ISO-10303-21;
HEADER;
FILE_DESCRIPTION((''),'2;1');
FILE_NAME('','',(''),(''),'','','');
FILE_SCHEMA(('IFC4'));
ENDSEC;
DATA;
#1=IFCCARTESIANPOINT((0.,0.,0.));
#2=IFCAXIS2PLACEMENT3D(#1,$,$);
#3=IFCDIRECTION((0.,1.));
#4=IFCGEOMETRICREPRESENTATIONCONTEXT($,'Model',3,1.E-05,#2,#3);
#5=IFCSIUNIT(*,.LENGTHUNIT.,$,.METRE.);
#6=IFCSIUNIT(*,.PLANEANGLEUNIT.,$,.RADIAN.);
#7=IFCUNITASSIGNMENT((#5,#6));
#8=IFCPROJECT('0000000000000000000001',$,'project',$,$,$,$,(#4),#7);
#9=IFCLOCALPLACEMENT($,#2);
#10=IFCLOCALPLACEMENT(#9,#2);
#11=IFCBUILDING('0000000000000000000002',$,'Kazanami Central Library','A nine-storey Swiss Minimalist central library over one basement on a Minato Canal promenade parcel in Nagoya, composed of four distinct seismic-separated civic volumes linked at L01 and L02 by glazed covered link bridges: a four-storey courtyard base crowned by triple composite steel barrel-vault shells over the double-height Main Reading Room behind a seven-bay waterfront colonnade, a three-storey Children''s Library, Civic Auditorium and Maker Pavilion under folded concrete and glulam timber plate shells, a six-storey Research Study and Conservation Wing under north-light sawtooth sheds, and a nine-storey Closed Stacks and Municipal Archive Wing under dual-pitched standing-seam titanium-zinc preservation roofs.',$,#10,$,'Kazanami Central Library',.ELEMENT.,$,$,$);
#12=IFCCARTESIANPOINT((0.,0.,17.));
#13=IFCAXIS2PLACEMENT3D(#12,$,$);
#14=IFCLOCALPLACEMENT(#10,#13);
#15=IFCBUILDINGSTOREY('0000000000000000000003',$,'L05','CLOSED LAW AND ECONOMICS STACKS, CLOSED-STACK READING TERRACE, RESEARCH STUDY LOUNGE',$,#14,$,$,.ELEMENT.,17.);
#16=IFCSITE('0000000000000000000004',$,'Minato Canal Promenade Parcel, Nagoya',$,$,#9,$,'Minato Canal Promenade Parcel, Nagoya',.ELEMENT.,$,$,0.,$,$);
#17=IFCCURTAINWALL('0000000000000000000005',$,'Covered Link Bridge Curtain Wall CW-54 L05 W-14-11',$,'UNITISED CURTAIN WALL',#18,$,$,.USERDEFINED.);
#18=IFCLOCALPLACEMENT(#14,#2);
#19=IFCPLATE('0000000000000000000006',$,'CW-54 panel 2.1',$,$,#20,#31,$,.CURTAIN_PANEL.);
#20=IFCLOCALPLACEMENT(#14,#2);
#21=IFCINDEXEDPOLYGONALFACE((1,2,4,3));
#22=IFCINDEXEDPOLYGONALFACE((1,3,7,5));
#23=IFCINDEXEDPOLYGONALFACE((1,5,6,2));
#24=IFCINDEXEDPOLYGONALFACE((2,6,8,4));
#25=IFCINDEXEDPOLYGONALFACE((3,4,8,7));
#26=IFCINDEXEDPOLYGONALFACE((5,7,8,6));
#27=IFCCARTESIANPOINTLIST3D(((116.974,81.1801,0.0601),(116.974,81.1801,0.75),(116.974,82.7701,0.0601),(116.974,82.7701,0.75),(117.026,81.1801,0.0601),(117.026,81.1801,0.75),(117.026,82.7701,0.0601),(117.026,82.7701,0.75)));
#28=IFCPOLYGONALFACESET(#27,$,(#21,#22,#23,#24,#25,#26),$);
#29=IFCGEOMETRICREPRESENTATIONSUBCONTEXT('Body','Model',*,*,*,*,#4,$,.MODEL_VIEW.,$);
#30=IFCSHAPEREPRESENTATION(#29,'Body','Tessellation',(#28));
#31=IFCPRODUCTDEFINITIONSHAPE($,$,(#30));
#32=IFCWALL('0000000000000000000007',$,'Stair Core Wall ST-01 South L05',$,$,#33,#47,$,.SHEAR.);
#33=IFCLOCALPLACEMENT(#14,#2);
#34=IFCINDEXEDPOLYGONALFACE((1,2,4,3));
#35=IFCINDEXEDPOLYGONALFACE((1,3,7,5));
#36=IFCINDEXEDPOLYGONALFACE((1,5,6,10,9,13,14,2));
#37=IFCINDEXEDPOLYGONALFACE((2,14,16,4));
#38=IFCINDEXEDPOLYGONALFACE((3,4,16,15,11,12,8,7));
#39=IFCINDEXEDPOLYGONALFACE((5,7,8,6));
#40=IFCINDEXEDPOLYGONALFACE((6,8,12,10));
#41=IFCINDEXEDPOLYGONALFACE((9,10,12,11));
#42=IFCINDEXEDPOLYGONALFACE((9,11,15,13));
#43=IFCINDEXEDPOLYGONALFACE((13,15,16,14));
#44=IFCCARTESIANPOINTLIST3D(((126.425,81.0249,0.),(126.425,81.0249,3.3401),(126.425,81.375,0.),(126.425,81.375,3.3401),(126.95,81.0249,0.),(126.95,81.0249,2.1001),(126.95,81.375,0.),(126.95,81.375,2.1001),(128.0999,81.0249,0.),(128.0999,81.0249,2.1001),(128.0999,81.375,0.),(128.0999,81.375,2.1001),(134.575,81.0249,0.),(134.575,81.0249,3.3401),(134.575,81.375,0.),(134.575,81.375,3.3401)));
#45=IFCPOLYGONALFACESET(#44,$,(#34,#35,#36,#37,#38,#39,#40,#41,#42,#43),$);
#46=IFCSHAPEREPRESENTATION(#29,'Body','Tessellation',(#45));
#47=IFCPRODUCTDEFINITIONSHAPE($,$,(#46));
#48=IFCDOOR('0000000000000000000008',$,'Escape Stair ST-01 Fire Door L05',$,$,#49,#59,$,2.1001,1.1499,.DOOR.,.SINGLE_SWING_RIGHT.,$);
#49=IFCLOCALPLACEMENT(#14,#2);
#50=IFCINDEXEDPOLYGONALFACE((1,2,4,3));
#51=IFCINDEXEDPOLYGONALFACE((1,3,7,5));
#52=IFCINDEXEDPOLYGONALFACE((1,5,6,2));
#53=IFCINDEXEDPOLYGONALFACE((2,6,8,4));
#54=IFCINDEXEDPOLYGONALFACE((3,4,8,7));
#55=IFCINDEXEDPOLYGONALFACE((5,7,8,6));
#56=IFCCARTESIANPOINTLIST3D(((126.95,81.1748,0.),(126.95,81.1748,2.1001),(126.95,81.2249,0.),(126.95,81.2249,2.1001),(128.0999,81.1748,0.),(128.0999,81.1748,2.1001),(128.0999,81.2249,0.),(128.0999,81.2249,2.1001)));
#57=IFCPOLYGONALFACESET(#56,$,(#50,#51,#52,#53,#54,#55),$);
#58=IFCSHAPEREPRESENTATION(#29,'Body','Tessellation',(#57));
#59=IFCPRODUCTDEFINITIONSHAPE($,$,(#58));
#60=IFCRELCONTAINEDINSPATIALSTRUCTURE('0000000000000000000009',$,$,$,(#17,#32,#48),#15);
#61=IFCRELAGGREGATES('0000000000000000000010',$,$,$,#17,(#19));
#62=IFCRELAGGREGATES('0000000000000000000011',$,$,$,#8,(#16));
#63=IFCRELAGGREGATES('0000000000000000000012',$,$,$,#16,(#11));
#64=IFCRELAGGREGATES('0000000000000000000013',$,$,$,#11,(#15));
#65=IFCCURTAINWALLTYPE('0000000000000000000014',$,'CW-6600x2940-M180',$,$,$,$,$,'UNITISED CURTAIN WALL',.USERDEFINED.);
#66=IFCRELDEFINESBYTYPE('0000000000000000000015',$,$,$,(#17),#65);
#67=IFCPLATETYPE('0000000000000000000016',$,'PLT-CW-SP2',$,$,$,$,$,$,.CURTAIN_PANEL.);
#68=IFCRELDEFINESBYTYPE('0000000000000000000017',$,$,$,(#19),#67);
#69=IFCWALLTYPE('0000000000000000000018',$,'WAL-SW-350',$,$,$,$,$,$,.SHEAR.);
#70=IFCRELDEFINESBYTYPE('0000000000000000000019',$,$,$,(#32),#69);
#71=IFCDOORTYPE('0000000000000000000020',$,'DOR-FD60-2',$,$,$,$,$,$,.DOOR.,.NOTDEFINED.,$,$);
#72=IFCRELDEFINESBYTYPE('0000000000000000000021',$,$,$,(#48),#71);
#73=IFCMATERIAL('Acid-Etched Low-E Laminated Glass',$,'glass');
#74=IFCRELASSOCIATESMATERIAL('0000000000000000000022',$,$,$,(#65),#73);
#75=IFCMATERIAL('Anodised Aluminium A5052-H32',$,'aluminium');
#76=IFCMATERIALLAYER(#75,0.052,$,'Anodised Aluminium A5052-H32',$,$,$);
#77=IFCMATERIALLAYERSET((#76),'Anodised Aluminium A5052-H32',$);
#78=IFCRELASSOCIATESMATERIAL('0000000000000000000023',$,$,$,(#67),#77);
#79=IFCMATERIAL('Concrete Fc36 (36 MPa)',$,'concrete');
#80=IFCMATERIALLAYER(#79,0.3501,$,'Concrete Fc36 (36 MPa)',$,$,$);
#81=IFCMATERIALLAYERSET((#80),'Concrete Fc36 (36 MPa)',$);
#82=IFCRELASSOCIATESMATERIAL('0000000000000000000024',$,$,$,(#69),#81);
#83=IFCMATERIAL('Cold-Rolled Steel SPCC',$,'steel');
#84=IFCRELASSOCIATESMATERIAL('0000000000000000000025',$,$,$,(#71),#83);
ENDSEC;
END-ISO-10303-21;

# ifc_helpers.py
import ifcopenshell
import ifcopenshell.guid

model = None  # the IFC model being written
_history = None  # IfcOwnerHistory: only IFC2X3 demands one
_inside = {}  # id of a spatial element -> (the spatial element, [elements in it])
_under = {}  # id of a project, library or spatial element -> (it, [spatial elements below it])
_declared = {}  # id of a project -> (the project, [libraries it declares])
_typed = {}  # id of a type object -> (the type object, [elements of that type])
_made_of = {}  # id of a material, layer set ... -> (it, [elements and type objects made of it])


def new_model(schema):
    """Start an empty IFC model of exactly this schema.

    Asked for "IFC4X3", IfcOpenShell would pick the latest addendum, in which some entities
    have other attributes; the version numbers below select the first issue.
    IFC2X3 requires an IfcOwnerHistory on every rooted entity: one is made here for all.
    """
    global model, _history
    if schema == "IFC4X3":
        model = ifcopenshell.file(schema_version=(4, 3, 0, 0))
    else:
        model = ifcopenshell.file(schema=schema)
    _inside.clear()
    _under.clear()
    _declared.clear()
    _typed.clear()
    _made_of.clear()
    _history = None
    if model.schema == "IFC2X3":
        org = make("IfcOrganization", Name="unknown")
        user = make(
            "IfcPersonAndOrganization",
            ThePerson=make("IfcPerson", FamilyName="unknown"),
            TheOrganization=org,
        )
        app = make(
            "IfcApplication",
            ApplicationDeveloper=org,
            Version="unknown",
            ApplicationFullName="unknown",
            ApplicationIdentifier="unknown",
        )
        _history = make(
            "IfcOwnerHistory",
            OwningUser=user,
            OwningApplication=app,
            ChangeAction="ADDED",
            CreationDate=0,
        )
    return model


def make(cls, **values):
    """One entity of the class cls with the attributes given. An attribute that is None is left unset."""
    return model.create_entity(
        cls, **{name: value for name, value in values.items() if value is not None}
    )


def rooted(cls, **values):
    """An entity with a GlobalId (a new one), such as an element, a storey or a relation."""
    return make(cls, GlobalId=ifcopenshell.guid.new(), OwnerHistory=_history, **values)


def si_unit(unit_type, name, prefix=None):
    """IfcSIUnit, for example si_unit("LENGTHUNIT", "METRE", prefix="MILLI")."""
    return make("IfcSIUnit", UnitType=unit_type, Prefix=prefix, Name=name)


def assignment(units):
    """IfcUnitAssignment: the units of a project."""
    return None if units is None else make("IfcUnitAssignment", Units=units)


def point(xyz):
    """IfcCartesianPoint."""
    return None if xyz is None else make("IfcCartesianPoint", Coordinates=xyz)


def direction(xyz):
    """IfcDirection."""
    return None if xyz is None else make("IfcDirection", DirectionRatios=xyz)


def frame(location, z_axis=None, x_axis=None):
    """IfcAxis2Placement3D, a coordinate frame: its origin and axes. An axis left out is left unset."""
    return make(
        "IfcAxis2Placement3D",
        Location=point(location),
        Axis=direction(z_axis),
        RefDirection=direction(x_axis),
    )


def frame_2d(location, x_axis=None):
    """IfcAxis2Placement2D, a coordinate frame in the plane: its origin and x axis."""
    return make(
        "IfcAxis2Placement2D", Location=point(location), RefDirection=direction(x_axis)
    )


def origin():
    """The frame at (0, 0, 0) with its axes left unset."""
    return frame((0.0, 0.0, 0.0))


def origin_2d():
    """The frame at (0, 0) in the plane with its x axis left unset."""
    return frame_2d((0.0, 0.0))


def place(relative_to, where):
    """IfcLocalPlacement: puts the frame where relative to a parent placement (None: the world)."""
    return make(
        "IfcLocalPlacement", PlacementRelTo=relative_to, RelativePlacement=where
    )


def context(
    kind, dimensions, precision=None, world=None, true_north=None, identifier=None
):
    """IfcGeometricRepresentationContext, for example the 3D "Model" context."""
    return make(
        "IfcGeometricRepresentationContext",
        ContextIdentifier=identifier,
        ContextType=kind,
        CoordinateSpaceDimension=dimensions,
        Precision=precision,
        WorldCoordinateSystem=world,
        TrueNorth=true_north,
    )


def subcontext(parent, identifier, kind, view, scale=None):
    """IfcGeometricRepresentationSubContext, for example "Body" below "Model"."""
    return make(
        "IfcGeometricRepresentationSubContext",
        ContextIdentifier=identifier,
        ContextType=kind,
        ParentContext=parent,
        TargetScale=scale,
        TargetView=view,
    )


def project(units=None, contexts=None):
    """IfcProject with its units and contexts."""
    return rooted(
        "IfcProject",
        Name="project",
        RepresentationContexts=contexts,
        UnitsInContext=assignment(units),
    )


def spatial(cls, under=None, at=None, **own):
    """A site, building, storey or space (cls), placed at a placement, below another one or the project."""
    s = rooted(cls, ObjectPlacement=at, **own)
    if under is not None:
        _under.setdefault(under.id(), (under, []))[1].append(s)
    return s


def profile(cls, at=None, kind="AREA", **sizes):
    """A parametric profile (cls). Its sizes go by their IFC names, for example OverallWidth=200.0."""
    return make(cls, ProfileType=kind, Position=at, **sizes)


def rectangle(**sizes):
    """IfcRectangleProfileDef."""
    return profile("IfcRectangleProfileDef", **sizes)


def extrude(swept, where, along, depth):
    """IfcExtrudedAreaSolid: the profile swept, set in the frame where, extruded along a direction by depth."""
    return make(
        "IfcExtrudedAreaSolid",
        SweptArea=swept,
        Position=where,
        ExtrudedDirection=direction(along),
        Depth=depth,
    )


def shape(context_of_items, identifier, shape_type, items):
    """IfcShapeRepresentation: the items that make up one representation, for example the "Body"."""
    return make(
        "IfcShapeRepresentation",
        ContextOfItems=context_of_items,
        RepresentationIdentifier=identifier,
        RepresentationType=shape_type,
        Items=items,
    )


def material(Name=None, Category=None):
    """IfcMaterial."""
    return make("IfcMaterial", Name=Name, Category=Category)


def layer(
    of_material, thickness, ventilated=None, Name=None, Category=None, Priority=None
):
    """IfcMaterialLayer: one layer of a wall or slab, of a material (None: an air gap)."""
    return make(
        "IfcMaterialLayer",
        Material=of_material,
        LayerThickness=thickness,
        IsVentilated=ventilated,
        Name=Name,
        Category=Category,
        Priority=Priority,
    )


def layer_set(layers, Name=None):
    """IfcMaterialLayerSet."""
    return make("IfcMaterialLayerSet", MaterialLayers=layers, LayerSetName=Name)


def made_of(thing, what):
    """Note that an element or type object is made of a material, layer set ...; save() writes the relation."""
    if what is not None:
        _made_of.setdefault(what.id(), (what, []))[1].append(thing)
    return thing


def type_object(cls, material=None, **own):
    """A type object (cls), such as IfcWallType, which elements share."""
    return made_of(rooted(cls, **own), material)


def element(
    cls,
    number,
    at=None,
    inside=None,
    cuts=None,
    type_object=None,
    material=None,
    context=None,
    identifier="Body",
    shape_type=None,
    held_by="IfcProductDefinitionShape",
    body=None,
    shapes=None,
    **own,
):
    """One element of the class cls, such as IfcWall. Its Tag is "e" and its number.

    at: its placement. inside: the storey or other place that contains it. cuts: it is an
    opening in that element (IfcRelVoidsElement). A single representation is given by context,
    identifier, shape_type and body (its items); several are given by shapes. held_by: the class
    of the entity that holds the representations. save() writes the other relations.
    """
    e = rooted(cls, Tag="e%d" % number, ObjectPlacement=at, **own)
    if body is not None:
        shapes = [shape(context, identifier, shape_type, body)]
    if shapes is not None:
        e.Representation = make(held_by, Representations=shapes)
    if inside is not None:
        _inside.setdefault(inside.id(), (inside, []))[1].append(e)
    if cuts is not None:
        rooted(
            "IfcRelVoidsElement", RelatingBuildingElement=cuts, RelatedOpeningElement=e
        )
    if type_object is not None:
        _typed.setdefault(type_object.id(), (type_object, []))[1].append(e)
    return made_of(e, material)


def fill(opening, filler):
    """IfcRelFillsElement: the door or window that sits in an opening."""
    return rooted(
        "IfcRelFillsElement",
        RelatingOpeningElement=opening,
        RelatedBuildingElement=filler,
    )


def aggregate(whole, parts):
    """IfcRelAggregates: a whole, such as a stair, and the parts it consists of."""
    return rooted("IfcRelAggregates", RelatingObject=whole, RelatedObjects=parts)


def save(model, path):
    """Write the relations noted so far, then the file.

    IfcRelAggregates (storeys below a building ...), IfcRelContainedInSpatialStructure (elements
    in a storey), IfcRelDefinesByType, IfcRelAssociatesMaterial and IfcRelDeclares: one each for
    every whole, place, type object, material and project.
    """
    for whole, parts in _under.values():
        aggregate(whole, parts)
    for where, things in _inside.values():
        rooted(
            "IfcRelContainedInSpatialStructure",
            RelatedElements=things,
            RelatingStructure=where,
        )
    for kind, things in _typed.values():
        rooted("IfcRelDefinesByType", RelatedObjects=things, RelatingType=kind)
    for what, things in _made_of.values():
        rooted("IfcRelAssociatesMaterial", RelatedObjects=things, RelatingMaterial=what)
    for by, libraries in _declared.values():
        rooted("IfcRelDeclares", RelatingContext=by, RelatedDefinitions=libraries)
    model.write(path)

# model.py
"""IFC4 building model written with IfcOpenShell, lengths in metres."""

from ifc_helpers import new_model, si_unit, direction, frame, frame_2d, origin, origin_2d, place, context, subcontext, project, spatial, rectangle, extrude, material, layer, layer_set, type_object, element, fill, aggregate, save


model = new_model("IFC4")

# Units and contexts
model_context = context("Model", 3, precision=1e-05, world=origin(), true_north=direction((0.0, 1.0)))
body_context = subcontext(model_context, "Body", "Model", "MODEL_VIEW")
ifc_project = project(units=[si_unit("LENGTHUNIT", "METRE"), si_unit("PLANEANGLEUNIT", "RADIAN")], contexts=[model_context])

# Site, building, storey
site_placement = place(None, origin())
site = spatial("IfcSite", under=ifc_project, at=site_placement, Name="Minato Canal Promenade Parcel, Nagoya", LongName="Minato Canal Promenade Parcel, Nagoya", CompositionType="ELEMENT", RefElevation=0.0)
building_placement = place(site_placement, origin())
building = spatial("IfcBuilding", under=site, at=building_placement, Name="Kazanami Central Library", Description="A nine-storey Swiss Minimalist central library over one basement on a Minato Canal promenade parcel in Nagoya, composed of four distinct seismic-separated civic volumes linked at L01 and L02 by glazed covered link bridges: a four-storey courtyard base crowned by triple composite steel barrel-vault shells over the double-height Main Reading Room behind a seven-bay waterfront colonnade, a three-storey Children's Library, Civic Auditorium and Maker Pavilion under folded concrete and glulam timber plate shells, a six-storey Research Study and Conservation Wing under north-light sawtooth sheds, and a nine-storey Closed Stacks and Municipal Archive Wing under dual-pitched standing-seam titanium-zinc preservation roofs.", LongName="Kazanami Central Library", CompositionType="ELEMENT")
storey_placement = place(building_placement, frame((0.0, 0.0, 17.0)))
storey = spatial("IfcBuildingStorey", under=building, at=storey_placement, Name="L05", Description="CLOSED LAW AND ECONOMICS STACKS, CLOSED-STACK READING TERRACE, RESEARCH STUDY LOUNGE", CompositionType="ELEMENT", Elevation=17.0)

# Shared definitions
ifc_material_1 = material(Name="Acid-Etched Low-E Laminated Glass", Category="glass")
curtain_wall_type = type_object("IfcCurtainWallType", Name="CW-6600x2940-M180", ElementType="UNITISED CURTAIN WALL", PredefinedType="USERDEFINED", material=ifc_material_1)

# Curtain wall
curtain_wall_1_placement = place(storey_placement, origin())
curtain_wall_1 = element("IfcCurtainWall", 1, at=curtain_wall_1_placement, inside=storey, type_object=curtain_wall_type, Name="Covered Link Bridge Curtain Wall CW-54 L05 W-14-11", ObjectType="UNITISED CURTAIN WALL", PredefinedType="USERDEFINED")

# Plate
ifc_material_2 = material(Name="Anodised Aluminium A5052-H32", Category="aluminium")
ifc_layer_1 = layer(ifc_material_2, 0.052, Name="Anodised Aluminium A5052-H32")
ifc_layer_set_1 = layer_set([ifc_layer_1], Name="Anodised Aluminium A5052-H32")
plate_type_1 = type_object("IfcPlateType", Name="PLT-CW-SP2", PredefinedType="CURTAIN_PANEL", material=ifc_layer_set_1)
plate_1_placement = place(storey_placement, frame((117.0, 81.9751, 0.0601), z_axis=(0.0, 0.0, 1.0), x_axis=(0.0, 1.0, 0.0)))
plate_1 = element("IfcPlate", 2, at=plate_1_placement, type_object=plate_type_1, Name="CW-54 panel 2.1", PredefinedType="CURTAIN_PANEL", context=body_context, shape_type="SweptSolid", body=[
    extrude(rectangle(XDim=1.5901, YDim=0.052, at=origin_2d()), origin(), (0.0, 0.0, 1.0), 0.6899),
])
aggregate(curtain_wall_1, [plate_1])

# Wall, opening, door
ifc_material_3 = material(Name="Concrete Fc36 (36 MPa)", Category="concrete")
ifc_layer_2 = layer(ifc_material_3, 0.3501, Name="Concrete Fc36 (36 MPa)")
ifc_layer_set_2 = layer_set([ifc_layer_2], Name="Concrete Fc36 (36 MPa)")
wall_type = type_object("IfcWallType", Name="WAL-SW-350", PredefinedType="SHEAR", material=ifc_layer_set_2)
wall_placement = place(storey_placement, frame((126.425, 81.2, 0.0), z_axis=(0.0, 0.0, 1.0), x_axis=(1.0, 0.0, 0.0)))
wall = element("IfcWall", 3, at=wall_placement, inside=storey, type_object=wall_type, Name="Stair Core Wall ST-01 South L05", PredefinedType="SHEAR", context=body_context, shape_type="SweptSolid", body=[
    extrude(rectangle(XDim=8.1499, YDim=0.3501, at=frame_2d((4.075, 0.0))), origin(), (0.0, 0.0, 1.0), 3.3401),
])
opening_placement = place(wall_placement, frame((0.5249, 0.0, 0.0)))
opening = element("IfcOpeningElement", 4, at=opening_placement, cuts=wall, PredefinedType="OPENING", context=body_context, shape_type="SweptSolid", body=[
    extrude(rectangle(XDim=1.1499, YDim=2.1001, at=frame_2d((0.575, 1.05))), frame((0.0, 0.187, 0.0), z_axis=(0.0, -1.0, 0.0), x_axis=(1.0, 0.0, 0.0)), (0.0, 0.0, 1.0), 0.374),
])
ifc_material_4 = material(Name="Cold-Rolled Steel SPCC", Category="steel")
door_type = type_object("IfcDoorType", Name="DOR-FD60-2", OperationType="NOTDEFINED", PredefinedType="DOOR", material=ifc_material_4)
door_placement = place(opening_placement, origin())
door = element("IfcDoor", 5, at=door_placement, inside=storey, type_object=door_type, Name="Escape Stair ST-01 Fire Door L05", OperationType="SINGLE_SWING_RIGHT", OverallHeight=2.1001, OverallWidth=1.1499, PredefinedType="DOOR", context=body_context, shape_type="SweptSolid", body=[
    extrude(rectangle(XDim=1.1499, YDim=2.1001, at=frame_2d((0.575, 1.05))), frame((0.0, 0.0249, 0.0), z_axis=(0.0, -1.0, 0.0), x_axis=(1.0, 0.0, 0.0)), (0.0, 0.0, 1.0), 0.05),
])
fill(opening, door)

save(model, "model.ifc")
